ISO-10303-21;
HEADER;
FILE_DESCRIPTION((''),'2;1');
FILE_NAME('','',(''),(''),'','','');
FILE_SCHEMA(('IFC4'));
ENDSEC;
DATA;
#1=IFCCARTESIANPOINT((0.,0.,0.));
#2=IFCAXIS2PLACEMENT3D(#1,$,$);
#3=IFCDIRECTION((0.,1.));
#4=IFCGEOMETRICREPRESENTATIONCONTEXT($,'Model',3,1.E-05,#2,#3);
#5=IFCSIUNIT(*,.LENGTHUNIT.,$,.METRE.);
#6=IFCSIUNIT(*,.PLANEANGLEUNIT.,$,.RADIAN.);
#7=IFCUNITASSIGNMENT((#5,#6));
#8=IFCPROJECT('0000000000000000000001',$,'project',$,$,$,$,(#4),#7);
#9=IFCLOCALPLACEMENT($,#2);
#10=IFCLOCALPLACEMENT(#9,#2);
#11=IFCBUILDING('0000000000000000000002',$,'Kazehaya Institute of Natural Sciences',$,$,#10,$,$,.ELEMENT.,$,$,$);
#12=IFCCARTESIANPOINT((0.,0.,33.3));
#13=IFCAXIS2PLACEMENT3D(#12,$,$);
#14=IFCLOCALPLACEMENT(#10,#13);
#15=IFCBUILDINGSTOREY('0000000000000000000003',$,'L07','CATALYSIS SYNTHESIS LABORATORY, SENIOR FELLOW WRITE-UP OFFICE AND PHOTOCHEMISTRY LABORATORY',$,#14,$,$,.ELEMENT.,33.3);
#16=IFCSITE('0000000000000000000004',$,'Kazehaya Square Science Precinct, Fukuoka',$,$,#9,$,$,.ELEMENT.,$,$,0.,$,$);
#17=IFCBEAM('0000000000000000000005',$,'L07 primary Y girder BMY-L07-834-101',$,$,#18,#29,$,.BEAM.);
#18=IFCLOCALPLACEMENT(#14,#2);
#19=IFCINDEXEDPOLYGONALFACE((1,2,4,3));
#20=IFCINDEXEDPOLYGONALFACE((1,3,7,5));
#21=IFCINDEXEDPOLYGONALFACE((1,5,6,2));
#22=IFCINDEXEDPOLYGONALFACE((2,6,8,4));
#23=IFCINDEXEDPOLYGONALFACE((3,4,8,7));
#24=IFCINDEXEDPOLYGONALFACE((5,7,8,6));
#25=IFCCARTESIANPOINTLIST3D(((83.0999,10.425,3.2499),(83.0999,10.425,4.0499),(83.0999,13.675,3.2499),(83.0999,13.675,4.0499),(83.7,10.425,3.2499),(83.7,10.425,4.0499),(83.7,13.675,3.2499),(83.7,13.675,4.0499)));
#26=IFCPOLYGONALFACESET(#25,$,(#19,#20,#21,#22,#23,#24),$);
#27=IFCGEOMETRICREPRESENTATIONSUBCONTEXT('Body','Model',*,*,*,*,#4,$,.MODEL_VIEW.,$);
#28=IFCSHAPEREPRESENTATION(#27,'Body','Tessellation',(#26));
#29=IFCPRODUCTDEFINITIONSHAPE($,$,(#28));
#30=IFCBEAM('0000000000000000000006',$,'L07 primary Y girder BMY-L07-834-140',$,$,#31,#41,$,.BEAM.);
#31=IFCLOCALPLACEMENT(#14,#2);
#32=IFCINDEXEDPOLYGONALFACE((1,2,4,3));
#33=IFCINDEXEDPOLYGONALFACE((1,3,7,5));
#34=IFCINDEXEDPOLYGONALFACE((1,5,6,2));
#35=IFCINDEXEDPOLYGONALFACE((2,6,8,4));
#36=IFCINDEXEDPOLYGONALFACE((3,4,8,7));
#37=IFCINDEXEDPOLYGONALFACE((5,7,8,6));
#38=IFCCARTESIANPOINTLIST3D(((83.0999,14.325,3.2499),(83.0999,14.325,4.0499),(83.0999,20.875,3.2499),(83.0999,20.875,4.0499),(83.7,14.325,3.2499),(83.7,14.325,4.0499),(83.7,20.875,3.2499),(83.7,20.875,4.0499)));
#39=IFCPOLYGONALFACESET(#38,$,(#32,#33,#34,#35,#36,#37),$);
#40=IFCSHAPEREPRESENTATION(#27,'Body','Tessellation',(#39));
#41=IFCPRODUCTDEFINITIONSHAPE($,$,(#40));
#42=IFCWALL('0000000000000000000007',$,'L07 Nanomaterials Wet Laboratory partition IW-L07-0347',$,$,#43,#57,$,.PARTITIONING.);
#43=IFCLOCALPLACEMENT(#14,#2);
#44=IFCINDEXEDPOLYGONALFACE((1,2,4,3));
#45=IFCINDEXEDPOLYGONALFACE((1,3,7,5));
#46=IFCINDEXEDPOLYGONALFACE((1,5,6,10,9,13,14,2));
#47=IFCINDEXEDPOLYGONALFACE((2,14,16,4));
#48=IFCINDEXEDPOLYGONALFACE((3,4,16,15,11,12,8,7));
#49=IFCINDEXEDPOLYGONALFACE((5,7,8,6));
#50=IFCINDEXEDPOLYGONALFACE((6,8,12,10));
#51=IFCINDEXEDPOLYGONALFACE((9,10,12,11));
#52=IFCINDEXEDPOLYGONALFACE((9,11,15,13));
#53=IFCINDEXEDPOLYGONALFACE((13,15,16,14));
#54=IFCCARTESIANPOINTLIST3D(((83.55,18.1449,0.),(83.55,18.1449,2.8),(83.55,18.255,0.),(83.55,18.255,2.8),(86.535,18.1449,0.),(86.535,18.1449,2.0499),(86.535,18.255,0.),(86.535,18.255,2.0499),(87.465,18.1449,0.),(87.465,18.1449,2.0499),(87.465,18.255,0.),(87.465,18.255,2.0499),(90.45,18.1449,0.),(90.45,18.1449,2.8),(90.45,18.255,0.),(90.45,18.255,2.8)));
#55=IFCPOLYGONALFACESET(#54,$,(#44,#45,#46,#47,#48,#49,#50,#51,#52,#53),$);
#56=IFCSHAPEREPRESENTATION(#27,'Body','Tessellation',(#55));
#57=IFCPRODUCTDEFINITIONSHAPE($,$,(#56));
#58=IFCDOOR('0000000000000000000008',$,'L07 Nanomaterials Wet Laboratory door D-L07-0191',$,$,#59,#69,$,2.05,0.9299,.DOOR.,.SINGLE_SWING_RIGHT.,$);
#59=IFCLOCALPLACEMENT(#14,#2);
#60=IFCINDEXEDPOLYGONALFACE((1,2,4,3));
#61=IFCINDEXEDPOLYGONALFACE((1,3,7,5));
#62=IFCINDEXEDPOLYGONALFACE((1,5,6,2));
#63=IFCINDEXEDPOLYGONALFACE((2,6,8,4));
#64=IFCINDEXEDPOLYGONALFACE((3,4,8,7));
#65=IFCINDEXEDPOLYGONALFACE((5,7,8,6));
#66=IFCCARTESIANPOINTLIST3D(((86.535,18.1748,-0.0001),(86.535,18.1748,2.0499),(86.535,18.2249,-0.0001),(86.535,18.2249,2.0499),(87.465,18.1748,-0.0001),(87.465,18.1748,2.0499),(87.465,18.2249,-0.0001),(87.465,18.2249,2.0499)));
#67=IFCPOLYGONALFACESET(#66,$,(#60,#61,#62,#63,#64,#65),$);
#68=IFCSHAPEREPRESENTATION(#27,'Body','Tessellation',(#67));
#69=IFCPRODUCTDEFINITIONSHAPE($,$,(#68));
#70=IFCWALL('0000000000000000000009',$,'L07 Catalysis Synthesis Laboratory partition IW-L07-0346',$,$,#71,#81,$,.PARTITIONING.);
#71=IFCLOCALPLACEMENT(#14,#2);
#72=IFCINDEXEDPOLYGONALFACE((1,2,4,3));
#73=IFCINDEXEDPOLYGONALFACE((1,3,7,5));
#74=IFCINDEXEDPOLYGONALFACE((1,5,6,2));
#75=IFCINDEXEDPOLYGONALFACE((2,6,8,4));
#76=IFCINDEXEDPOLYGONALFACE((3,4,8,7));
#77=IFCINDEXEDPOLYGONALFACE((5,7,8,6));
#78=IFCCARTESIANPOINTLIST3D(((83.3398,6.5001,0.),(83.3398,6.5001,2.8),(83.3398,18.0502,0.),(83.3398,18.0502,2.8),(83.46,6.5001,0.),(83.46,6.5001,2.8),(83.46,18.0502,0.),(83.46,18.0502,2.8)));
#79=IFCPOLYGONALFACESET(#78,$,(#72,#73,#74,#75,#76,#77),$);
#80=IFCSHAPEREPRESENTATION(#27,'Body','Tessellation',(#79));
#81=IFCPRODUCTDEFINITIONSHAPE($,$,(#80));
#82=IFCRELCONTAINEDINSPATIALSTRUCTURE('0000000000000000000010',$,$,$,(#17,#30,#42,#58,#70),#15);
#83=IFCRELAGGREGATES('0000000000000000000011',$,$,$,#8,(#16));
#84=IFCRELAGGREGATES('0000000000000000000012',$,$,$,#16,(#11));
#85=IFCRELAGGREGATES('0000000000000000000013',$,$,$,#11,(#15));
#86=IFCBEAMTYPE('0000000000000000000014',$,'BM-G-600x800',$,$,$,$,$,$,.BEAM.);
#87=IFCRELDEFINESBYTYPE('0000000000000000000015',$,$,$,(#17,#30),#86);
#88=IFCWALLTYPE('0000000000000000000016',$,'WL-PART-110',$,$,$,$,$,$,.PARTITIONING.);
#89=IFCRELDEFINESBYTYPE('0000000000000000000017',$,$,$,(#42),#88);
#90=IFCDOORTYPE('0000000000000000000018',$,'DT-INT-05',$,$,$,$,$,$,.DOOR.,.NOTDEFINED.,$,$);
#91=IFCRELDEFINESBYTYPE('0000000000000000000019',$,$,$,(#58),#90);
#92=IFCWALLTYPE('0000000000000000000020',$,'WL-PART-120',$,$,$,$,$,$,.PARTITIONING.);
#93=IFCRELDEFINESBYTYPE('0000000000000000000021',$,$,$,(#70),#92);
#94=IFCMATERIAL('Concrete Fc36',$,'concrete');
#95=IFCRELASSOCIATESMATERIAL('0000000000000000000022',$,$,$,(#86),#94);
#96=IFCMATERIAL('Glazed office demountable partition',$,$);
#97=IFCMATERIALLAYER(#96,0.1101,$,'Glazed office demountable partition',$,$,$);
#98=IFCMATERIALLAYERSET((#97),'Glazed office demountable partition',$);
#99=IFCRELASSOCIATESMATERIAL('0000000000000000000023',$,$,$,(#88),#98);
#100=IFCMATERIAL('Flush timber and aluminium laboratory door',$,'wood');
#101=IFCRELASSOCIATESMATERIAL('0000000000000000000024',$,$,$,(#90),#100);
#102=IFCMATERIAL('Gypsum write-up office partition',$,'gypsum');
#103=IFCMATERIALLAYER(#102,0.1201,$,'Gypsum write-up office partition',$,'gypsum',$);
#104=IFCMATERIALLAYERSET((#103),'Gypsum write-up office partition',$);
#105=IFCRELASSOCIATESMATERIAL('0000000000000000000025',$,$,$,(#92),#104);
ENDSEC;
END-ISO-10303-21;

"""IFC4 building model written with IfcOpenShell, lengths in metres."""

from ifc_helpers import new_model, si_unit, direction, frame, frame_2d, origin, origin_2d, place, context, subcontext, project, spatial, rectangle, extrude, material, layer, layer_set, material_profile, profile_set, type_object, element, fill, save


model = new_model("IFC4")

# Units and contexts
model_context = context("Model", 3, precision=1e-05, world=origin(), true_north=direction((0.0, 1.0)))
body_context = subcontext(model_context, "Body", "Model", "MODEL_VIEW")
ifc_project = project(units=[si_unit("LENGTHUNIT", "METRE"), si_unit("PLANEANGLEUNIT", "RADIAN")], contexts=[model_context])

# Site, building, storey
site_placement = place(None, origin())
site = spatial("IfcSite", under=ifc_project, at=site_placement, Name="Kazehaya Square Science Precinct, Fukuoka", CompositionType="ELEMENT", RefElevation=0.0)
building_placement = place(site_placement, origin())
building = spatial("IfcBuilding", under=site, at=building_placement, Name="Kazehaya Institute of Natural Sciences", CompositionType="ELEMENT")
storey_placement = place(building_placement, frame((0.0, 0.0, 33.3)))
storey = spatial("IfcBuildingStorey", under=building, at=storey_placement, Name="L07", Description="CATALYSIS SYNTHESIS LABORATORY, SENIOR FELLOW WRITE-UP OFFICE AND PHOTOCHEMISTRY LABORATORY", CompositionType="ELEMENT", Elevation=33.3)

# Shared definitions
ifc_material_1 = material(Name="Concrete Fc36", Category="concrete")

# Beams
ifc_material_profile_1 = material_profile(ifc_material_1, rectangle(XDim=0.6001, YDim=0.8, at=origin_2d()), Name="RC-600x800")
ifc_profile_set_1 = profile_set([ifc_material_profile_1], Name="Concrete Fc36")
beam_type = type_object("IfcBeamType", Name="BM-G-600x800", PredefinedType="BEAM", material=ifc_profile_set_1)
beam_1_placement = place(storey_placement, frame((83.3999, 10.425, 3.6499), z_axis=(0.0, 1.0, 0.0), x_axis=(-1.0, 0.0, 0.0)))
element("IfcBeam", 1, at=beam_1_placement, inside=storey, type_object=beam_type, Name="L07 primary Y girder BMY-L07-834-101", PredefinedType="BEAM", context=body_context, shape_type="SweptSolid", body=[
    extrude(rectangle(XDim=0.6001, YDim=0.8, at=origin_2d()), origin(), (0.0, 0.0, 1.0), 3.25),
])
beam_2_placement = place(storey_placement, frame((83.3999, 14.325, 3.6499), z_axis=(0.0, 1.0, 0.0), x_axis=(-1.0, 0.0, 0.0)))
element("IfcBeam", 2, at=beam_2_placement, inside=storey, type_object=beam_type, Name="L07 primary Y girder BMY-L07-834-140", PredefinedType="BEAM", context=body_context, shape_type="SweptSolid", body=[
    extrude(rectangle(XDim=0.6001, YDim=0.8, at=origin_2d()), origin(), (0.0, 0.0, 1.0), 6.55),
])

# Wall, opening, door
ifc_material_2 = material(Name="Glazed office demountable partition")
ifc_layer_1 = layer(ifc_material_2, 0.1101, Name="Glazed office demountable partition")
ifc_layer_set_1 = layer_set([ifc_layer_1], Name="Glazed office demountable partition")
wall_type_1 = type_object("IfcWallType", Name="WL-PART-110", PredefinedType="PARTITIONING", material=ifc_layer_set_1)
wall_1_placement = place(storey_placement, frame((83.55, 18.2, 0.0), z_axis=(0.0, 0.0, 1.0), x_axis=(1.0, 0.0, 0.0)))
wall_1 = element("IfcWall", 3, at=wall_1_placement, inside=storey, type_object=wall_type_1, Name="L07 Nanomaterials Wet Laboratory partition IW-L07-0347", PredefinedType="PARTITIONING", context=body_context, shape_type="SweptSolid", body=[
    extrude(rectangle(XDim=6.8999, YDim=0.1101, at=frame_2d((3.45, 0.0))), origin(), (0.0, 0.0, 1.0), 2.8),
])
opening_placement = place(wall_1_placement, frame((2.9851, 0.0, 0.0)))
opening = element("IfcOpeningElement", 4, at=opening_placement, cuts=wall_1, PredefinedType="OPENING", context=body_context, shape_type="SweptSolid", body=[
    extrude(rectangle(XDim=0.9299, YDim=2.05, at=frame_2d((0.4648, 1.0249))), frame((0.0, 0.0649, 0.0), z_axis=(0.0, -1.0, 0.0), x_axis=(1.0, 0.0, 0.0)), (0.0, 0.0, 1.0), 0.1301),
])
ifc_material_3 = material(Name="Flush timber and aluminium laboratory door", Category="wood")
door_type = type_object("IfcDoorType", Name="DT-INT-05", OperationType="NOTDEFINED", PredefinedType="DOOR", material=ifc_material_3)
door_placement = place(opening_placement, origin())
door = element("IfcDoor", 5, at=door_placement, inside=storey, type_object=door_type, Name="L07 Nanomaterials Wet Laboratory door D-L07-0191", OperationType="SINGLE_SWING_RIGHT", OverallHeight=2.05, OverallWidth=0.9299, PredefinedType="DOOR", context=body_context, shape_type="SweptSolid", body=[
    extrude(rectangle(XDim=0.9299, YDim=2.05, at=frame_2d((0.4648, 1.0249))), frame((0.0, 0.0249, 0.0), z_axis=(0.0, -1.0, 0.0), x_axis=(1.0, 0.0, 0.0)), (0.0, 0.0, 1.0), 0.05),
])
fill(opening, door)

# Wall
ifc_material_4 = material(Name="Gypsum write-up office partition", Category="gypsum")
ifc_layer_2 = layer(ifc_material_4, 0.1201, Name="Gypsum write-up office partition", Category="gypsum")
ifc_layer_set_2 = layer_set([ifc_layer_2], Name="Gypsum write-up office partition")
wall_type_2 = type_object("IfcWallType", Name="WL-PART-120", PredefinedType="PARTITIONING", material=ifc_layer_set_2)
wall_2_placement = place(storey_placement, frame((83.3999, 18.05, 0.0), z_axis=(0.0, 0.0, 1.0), x_axis=(0.0, -1.0, 0.0)))
element("IfcWall", 6, at=wall_2_placement, inside=storey, type_object=wall_type_2, Name="L07 Catalysis Synthesis Laboratory partition IW-L07-0346", PredefinedType="PARTITIONING", context=body_context, shape_type="SweptSolid", body=[
    extrude(rectangle(XDim=11.55, YDim=0.1201, at=frame_2d((5.7749, 0.0))), origin(), (0.0, 0.0, 1.0), 2.8),
])

save(model, "model.ifc")
